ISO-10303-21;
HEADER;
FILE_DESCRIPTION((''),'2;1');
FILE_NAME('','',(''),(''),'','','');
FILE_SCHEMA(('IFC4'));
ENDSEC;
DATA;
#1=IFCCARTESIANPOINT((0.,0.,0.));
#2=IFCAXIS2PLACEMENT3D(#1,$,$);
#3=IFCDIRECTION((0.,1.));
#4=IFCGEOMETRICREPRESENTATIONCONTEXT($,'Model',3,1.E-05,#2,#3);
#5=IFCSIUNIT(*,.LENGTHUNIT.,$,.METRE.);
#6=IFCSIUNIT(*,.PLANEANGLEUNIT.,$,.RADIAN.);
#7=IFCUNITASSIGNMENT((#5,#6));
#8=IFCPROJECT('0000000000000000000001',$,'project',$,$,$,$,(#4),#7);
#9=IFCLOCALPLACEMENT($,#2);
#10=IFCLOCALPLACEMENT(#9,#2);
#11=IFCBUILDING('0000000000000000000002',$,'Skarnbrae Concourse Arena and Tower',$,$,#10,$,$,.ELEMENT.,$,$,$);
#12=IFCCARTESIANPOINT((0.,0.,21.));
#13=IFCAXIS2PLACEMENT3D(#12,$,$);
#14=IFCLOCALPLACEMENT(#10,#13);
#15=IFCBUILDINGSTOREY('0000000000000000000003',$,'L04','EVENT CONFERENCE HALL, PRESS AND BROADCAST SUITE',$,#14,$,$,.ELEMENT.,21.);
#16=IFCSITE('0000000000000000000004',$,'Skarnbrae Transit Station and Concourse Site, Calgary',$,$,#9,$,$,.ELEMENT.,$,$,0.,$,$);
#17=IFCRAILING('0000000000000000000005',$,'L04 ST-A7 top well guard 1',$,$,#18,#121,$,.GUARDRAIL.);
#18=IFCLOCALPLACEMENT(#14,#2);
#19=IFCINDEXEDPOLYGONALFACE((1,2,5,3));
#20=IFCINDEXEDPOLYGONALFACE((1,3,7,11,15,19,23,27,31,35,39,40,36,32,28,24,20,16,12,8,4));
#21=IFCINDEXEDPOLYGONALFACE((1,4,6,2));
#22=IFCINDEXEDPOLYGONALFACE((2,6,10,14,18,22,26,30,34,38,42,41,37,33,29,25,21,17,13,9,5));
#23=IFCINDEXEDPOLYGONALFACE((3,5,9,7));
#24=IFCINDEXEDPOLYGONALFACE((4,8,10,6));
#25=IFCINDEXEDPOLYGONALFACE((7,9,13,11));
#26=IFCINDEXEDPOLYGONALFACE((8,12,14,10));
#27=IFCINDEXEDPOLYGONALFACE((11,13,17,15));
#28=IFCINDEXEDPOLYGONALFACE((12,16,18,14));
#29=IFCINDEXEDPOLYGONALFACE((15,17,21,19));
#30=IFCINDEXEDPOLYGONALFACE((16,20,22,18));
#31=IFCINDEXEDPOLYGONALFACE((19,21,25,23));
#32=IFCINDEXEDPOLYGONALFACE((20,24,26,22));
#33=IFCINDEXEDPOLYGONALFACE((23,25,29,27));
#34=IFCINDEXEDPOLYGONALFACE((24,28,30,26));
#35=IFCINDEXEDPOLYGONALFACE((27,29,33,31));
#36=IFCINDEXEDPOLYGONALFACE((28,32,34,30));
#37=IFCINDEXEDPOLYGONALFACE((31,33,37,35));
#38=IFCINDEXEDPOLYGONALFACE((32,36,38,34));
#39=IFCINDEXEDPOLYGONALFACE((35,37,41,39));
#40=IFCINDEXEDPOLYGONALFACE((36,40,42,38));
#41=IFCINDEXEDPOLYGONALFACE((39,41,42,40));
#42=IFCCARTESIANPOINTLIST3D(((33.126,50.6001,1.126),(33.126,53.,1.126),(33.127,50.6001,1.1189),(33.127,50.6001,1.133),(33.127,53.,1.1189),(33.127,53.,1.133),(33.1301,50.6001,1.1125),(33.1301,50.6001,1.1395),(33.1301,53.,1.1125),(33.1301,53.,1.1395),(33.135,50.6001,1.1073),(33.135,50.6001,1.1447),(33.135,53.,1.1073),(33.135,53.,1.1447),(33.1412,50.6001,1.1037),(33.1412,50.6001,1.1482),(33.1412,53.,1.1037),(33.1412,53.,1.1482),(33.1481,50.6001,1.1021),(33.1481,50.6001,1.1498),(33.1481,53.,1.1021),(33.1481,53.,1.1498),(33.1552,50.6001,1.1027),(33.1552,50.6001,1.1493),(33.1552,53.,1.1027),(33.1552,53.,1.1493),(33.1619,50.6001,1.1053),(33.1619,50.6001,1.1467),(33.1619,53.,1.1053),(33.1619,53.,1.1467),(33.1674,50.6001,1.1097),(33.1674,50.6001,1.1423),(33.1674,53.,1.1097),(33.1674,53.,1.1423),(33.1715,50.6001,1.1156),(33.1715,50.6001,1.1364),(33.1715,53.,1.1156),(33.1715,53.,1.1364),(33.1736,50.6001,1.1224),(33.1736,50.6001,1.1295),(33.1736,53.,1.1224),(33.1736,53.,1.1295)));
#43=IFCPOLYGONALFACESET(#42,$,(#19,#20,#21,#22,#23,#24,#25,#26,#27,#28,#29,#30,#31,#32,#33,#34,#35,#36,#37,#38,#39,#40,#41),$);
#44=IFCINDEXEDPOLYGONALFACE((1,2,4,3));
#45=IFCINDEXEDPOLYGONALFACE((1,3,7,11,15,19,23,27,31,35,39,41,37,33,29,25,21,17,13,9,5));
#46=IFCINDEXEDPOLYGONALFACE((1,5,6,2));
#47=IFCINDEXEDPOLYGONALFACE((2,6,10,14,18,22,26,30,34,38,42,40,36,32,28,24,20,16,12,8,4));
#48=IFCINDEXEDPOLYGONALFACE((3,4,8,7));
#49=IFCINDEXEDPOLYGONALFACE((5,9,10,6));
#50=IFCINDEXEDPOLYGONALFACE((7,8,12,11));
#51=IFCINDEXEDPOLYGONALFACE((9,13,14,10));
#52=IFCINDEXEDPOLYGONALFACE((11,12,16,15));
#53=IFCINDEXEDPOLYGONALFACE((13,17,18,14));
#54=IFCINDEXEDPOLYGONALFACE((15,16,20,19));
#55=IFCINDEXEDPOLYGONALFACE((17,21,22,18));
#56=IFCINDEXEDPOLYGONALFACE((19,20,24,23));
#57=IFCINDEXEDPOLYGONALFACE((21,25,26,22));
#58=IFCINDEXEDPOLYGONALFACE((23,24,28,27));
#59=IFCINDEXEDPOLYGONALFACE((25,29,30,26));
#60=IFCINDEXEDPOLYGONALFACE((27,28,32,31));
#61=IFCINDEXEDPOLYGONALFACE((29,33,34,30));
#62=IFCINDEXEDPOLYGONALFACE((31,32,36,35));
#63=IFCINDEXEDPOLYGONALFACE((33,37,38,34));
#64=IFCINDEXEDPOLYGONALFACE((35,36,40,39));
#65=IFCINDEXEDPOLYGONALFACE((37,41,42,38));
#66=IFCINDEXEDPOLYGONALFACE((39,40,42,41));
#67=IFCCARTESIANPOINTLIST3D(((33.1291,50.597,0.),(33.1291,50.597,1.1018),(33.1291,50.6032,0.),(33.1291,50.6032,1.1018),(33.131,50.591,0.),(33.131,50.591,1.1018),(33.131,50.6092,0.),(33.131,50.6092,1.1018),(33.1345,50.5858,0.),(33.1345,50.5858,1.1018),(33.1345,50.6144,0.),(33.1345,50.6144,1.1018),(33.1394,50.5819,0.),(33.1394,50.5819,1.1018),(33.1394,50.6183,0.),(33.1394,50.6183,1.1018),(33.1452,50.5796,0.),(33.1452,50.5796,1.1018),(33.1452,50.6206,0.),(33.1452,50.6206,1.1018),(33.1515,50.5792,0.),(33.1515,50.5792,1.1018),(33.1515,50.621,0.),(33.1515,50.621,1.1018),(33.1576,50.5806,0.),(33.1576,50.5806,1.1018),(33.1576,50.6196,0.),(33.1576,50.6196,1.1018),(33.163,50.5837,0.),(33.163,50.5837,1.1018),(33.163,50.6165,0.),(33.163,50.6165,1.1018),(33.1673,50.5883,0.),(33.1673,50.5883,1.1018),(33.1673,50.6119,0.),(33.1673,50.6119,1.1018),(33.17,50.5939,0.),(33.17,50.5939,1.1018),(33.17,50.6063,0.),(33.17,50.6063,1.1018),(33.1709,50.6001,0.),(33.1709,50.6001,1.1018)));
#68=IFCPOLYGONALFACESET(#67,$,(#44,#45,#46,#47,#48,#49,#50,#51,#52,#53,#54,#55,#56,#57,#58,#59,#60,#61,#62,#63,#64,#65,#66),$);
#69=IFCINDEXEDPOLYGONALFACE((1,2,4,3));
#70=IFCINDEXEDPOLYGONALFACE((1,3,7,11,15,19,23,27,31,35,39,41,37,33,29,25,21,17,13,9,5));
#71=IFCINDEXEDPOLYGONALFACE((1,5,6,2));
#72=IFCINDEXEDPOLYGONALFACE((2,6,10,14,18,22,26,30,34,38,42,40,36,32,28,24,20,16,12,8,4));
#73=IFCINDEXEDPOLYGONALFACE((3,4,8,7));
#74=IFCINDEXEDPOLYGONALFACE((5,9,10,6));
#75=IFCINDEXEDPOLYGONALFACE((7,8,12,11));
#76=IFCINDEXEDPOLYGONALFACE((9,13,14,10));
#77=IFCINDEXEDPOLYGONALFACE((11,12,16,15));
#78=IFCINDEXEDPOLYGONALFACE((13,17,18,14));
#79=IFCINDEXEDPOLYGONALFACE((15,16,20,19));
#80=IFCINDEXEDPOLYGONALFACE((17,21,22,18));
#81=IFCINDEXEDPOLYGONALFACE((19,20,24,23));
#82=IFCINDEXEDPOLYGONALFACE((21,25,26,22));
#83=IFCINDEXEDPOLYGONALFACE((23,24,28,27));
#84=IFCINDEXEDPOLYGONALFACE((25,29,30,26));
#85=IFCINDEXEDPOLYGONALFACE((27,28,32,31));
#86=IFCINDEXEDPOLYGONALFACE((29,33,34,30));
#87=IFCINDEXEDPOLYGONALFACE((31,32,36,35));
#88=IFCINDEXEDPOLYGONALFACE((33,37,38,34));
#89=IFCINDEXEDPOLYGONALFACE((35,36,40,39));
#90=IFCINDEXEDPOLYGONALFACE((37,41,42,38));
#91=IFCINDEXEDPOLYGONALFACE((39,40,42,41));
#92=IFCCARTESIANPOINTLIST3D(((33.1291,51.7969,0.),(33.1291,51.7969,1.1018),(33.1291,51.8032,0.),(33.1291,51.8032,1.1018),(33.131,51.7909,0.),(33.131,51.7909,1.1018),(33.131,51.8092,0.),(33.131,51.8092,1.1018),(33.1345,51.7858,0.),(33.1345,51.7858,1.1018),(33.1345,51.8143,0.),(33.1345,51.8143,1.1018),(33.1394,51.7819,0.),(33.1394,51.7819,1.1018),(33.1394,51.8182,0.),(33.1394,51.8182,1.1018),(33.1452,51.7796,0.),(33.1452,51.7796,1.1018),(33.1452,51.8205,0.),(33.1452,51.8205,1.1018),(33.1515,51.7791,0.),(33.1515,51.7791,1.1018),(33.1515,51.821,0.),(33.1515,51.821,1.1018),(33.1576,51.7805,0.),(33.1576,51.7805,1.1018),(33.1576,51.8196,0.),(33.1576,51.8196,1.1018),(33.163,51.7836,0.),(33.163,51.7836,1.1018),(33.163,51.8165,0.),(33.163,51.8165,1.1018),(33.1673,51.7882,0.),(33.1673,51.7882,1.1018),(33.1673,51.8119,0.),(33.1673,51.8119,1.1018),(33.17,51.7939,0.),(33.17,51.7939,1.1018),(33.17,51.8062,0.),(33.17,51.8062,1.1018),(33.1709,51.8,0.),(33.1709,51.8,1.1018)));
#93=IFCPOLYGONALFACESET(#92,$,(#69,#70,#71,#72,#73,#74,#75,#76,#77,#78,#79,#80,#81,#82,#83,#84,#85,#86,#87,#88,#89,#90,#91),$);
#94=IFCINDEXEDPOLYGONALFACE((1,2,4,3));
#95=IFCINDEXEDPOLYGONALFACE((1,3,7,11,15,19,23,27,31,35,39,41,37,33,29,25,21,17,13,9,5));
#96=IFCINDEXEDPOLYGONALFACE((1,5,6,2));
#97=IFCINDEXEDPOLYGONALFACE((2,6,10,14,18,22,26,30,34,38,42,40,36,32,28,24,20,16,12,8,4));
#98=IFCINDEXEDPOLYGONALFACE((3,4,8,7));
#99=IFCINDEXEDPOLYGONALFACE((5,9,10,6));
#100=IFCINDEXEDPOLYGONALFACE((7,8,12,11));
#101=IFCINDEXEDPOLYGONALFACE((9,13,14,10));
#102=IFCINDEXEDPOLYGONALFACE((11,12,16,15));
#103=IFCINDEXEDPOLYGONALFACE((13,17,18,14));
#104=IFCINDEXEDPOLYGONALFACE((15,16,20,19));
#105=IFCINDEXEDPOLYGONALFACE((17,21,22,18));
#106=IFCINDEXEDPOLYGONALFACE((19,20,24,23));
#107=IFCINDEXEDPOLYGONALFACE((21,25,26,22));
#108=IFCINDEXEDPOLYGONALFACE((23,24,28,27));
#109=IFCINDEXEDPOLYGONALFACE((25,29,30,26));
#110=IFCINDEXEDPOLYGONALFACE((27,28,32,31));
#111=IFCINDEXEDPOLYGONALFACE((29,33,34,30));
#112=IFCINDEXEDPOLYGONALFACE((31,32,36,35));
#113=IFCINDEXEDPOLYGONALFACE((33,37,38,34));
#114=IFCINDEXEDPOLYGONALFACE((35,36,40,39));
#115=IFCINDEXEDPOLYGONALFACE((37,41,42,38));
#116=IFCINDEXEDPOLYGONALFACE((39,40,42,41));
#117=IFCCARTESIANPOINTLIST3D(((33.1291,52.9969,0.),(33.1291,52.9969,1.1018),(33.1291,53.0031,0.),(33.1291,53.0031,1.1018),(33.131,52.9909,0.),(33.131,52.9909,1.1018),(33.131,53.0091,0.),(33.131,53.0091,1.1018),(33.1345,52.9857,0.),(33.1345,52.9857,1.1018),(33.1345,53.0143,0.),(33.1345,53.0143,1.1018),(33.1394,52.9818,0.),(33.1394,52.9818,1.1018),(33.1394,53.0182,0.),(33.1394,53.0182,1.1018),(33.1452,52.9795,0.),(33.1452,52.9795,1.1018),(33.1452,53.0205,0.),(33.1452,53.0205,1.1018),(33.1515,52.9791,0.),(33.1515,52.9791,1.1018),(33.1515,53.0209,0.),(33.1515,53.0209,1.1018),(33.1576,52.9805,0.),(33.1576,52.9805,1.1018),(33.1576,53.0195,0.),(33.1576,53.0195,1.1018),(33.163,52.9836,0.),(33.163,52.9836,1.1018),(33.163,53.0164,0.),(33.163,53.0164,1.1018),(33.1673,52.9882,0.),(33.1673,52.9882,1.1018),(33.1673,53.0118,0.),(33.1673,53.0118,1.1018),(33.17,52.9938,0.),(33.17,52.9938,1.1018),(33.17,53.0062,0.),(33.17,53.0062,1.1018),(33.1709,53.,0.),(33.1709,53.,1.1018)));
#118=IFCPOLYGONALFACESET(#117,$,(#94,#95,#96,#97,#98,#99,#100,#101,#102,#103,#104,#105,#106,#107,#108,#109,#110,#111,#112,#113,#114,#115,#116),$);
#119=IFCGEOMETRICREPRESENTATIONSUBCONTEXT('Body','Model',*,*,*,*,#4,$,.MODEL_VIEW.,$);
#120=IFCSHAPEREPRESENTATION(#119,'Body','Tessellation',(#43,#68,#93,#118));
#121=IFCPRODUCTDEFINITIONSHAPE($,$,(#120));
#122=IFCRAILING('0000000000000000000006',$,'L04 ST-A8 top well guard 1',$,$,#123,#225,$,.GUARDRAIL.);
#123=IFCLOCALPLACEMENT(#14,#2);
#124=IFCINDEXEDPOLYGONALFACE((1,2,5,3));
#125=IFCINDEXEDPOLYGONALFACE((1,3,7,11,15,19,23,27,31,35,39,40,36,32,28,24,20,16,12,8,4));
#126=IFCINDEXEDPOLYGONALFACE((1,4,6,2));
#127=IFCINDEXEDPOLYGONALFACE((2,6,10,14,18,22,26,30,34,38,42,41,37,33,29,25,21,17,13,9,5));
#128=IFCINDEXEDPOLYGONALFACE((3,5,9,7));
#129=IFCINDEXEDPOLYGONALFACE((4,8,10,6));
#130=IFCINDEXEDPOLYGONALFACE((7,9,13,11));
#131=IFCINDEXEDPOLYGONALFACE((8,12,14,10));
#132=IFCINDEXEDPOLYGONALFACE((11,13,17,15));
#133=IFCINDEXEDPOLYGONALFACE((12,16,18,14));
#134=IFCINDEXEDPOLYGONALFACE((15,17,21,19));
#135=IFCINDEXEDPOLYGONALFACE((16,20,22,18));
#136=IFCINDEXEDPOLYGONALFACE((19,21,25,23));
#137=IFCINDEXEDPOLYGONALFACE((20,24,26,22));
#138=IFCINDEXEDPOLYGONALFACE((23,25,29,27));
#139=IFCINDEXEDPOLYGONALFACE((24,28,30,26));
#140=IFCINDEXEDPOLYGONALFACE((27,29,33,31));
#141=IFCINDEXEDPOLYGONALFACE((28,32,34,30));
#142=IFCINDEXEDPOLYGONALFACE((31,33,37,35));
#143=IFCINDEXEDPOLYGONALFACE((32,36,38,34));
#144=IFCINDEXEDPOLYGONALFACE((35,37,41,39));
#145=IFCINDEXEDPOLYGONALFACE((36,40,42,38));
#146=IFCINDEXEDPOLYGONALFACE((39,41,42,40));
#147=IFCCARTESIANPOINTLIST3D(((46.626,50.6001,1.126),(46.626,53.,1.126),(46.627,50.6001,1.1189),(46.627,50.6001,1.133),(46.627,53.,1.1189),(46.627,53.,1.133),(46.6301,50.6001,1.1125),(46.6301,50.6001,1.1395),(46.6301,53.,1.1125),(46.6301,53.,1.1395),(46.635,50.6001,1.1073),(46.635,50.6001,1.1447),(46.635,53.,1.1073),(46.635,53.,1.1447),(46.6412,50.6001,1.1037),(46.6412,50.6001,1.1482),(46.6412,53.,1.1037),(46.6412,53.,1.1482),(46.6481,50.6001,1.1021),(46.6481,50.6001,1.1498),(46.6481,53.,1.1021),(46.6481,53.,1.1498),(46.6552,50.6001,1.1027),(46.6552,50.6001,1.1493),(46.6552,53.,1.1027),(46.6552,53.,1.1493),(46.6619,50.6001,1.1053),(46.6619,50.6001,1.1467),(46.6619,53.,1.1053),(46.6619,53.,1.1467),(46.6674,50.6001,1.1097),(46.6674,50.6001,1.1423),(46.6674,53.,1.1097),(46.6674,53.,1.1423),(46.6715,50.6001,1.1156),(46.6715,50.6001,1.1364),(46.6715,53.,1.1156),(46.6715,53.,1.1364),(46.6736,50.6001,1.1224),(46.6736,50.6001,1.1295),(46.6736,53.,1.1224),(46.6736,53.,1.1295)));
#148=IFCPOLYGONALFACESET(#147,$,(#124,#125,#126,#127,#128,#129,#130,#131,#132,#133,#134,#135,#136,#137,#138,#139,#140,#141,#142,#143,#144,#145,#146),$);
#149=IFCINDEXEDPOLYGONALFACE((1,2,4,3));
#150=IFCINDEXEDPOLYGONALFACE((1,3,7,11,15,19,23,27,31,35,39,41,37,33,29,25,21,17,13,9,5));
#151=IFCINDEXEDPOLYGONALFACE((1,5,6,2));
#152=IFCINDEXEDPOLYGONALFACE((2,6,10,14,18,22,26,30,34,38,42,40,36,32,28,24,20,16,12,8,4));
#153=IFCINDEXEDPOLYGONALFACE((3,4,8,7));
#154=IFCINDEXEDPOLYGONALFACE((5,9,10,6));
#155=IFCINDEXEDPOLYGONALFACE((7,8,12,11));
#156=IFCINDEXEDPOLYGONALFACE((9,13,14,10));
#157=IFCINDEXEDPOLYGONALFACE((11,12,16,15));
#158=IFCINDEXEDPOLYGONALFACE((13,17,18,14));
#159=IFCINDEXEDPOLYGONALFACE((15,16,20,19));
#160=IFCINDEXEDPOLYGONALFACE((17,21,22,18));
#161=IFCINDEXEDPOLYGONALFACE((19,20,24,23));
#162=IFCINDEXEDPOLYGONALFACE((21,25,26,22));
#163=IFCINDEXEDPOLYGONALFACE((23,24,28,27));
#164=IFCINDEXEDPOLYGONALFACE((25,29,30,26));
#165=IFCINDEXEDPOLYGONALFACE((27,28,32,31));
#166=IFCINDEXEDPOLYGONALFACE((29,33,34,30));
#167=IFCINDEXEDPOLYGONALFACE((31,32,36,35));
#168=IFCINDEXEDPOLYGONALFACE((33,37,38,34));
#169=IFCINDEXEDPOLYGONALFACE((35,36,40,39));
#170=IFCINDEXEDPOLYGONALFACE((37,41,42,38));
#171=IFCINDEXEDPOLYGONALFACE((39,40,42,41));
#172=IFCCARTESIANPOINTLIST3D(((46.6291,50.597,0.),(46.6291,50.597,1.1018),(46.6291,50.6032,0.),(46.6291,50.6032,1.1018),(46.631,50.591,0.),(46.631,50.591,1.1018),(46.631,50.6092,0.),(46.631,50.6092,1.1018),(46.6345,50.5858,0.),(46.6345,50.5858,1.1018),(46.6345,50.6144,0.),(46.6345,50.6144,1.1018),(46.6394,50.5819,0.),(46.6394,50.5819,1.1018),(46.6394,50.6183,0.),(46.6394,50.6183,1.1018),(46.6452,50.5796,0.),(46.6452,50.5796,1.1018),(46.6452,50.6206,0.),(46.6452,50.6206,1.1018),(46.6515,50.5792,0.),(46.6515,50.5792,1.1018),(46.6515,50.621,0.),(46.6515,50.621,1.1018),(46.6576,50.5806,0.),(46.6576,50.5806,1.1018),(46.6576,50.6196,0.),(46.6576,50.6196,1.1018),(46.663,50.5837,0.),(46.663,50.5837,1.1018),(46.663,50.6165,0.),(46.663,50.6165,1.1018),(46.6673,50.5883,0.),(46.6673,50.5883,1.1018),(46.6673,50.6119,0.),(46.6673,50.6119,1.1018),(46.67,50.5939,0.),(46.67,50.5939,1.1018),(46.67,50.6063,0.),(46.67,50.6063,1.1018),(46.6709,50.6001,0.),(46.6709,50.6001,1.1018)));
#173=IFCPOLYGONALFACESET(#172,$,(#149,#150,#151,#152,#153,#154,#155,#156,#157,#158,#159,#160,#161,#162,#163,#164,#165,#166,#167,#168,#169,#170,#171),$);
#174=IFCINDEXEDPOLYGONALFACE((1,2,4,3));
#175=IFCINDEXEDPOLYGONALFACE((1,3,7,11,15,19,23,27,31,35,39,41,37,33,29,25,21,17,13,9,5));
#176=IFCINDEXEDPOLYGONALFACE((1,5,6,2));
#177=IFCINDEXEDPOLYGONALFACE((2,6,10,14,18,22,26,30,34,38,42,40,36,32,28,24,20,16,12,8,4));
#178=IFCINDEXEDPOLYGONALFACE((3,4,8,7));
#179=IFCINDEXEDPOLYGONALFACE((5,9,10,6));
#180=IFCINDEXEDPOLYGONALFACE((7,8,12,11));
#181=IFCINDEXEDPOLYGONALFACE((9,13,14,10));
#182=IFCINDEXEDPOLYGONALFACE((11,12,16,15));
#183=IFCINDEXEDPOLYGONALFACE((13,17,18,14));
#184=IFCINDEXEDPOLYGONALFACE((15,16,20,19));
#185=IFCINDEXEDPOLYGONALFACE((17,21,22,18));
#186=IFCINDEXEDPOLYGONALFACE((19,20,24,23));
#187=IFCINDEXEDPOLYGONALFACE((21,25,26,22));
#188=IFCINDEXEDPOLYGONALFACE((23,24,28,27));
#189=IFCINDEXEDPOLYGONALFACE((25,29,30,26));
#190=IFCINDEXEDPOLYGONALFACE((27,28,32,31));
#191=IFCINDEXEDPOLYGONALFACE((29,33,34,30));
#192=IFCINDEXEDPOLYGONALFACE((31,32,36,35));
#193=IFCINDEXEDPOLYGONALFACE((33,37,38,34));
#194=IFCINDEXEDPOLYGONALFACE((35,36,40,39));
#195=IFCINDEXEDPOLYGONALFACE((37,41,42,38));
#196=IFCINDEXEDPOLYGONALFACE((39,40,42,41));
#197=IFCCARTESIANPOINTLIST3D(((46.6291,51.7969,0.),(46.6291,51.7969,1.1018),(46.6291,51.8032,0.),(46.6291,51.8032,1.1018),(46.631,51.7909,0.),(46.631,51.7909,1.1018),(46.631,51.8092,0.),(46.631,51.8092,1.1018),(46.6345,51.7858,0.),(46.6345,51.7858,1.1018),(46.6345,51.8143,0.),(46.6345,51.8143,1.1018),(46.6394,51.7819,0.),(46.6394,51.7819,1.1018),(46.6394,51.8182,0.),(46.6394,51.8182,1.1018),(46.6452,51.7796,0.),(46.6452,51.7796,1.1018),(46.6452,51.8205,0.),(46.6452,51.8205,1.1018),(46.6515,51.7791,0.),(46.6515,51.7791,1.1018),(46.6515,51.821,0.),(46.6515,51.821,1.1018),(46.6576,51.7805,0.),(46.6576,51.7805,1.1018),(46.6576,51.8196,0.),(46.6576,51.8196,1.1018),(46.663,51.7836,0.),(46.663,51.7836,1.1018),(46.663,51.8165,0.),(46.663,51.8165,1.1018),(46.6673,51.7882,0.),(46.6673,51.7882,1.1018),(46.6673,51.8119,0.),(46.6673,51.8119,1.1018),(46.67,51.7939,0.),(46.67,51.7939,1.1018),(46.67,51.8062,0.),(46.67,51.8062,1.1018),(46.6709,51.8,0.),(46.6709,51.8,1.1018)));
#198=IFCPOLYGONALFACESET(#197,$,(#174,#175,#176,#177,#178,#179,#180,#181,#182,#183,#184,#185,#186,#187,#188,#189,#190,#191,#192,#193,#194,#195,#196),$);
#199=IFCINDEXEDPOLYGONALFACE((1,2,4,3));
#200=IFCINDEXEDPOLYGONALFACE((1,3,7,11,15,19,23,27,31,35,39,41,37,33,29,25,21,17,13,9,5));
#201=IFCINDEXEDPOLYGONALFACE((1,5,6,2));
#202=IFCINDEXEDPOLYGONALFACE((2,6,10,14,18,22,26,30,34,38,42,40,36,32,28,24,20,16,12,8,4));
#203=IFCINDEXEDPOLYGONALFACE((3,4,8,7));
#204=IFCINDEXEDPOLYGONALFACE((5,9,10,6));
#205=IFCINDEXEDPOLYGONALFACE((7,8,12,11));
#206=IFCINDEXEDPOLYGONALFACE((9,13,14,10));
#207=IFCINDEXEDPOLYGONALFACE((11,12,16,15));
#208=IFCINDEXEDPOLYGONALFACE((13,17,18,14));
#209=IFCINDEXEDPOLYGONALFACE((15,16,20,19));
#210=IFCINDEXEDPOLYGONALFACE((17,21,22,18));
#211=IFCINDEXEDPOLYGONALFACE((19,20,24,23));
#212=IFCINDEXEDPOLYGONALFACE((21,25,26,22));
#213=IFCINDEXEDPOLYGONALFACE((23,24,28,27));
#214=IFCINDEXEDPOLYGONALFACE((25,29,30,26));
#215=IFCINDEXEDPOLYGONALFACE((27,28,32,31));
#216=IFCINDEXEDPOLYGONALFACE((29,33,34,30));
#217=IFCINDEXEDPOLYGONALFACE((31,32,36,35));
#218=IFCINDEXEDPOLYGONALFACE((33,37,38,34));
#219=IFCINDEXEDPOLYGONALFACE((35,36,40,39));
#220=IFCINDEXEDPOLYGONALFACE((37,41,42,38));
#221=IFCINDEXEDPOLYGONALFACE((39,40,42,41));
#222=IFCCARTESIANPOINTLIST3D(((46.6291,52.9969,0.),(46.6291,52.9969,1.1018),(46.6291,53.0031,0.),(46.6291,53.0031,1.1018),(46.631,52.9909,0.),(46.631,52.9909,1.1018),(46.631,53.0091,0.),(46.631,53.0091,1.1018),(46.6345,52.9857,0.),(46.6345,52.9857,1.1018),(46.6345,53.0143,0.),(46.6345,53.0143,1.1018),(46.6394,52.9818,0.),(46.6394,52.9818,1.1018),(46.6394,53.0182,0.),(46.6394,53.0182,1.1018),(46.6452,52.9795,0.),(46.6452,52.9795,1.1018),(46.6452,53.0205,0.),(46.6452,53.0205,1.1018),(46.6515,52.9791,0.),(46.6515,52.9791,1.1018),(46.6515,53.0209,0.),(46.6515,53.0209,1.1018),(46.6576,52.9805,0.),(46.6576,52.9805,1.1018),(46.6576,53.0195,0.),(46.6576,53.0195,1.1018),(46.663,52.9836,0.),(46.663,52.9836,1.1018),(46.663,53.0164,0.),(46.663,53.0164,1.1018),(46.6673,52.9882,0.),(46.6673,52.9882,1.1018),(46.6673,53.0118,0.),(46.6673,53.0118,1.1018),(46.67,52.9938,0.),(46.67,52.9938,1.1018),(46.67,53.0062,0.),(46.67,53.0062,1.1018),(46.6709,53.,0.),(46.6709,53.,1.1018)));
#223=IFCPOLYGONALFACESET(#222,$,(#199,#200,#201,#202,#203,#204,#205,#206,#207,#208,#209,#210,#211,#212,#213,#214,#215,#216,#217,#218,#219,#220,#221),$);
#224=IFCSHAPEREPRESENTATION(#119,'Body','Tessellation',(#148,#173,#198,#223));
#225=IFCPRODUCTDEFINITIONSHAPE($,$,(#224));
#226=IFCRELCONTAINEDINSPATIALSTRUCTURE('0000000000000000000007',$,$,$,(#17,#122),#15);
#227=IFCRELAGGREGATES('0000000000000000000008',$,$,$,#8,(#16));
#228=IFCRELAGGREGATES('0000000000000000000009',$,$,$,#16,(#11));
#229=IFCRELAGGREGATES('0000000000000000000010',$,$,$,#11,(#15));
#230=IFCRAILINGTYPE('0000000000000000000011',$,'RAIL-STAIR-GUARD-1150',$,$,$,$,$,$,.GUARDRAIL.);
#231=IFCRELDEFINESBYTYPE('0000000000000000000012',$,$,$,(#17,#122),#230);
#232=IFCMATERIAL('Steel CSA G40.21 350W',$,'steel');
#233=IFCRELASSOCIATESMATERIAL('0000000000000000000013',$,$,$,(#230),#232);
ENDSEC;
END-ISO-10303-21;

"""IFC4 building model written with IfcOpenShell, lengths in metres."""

from ifc_helpers import new_model, si_unit, direction, frame, origin, origin_2d, place, context, subcontext, project, spatial, circle, extrude, material, type_object, element, save


model = new_model("IFC4")

# Units and contexts
model_context = context("Model", 3, precision=1e-05, world=origin(), true_north=direction((0.0, 1.0)))
body_context = subcontext(model_context, "Body", "Model", "MODEL_VIEW")
ifc_project = project(units=[si_unit("LENGTHUNIT", "METRE"), si_unit("PLANEANGLEUNIT", "RADIAN")], contexts=[model_context])

# Site, building, storey
site_placement = place(None, origin())
site = spatial("IfcSite", under=ifc_project, at=site_placement, Name="Skarnbrae Transit Station and Concourse Site, Calgary", CompositionType="ELEMENT", RefElevation=0.0)
building_placement = place(site_placement, origin())
building = spatial("IfcBuilding", under=site, at=building_placement, Name="Skarnbrae Concourse Arena and Tower", CompositionType="ELEMENT")
storey_placement = place(building_placement, frame((0.0, 0.0, 21.0)))
storey = spatial("IfcBuildingStorey", under=building, at=storey_placement, Name="L04", Description="EVENT CONFERENCE HALL, PRESS AND BROADCAST SUITE", CompositionType="ELEMENT", Elevation=21.0)

# Shared definitions
ifc_material_1 = material(Name="Steel CSA G40.21 350W", Category="steel")

# Railings
railing_type = type_object("IfcRailingType", Name="RAIL-STAIR-GUARD-1150", PredefinedType="GUARDRAIL", material=ifc_material_1)
for number, where, name in (
    (1, (33.1499, 50.6001, 0.0), "L04 ST-A7 top well guard 1"),
    (2, (46.6499, 50.6001, 0.0), "L04 ST-A8 top well guard 1"),
):
    element("IfcRailing", number, at=place(storey_placement, frame(where)), inside=storey, type_object=railing_type, Name=name, PredefinedType="GUARDRAIL", context=body_context, shape_type="SweptSolid", body=[
        extrude(circle(Radius=0.0239, at=origin_2d()), frame((0.0, 0.0, 1.126), z_axis=(0.0, 1.0, 0.0), x_axis=(-1.0, 0.0, 0.0)), (0.0, 0.0, 1.0), 2.3999),
        extrude(circle(Radius=0.021, at=origin_2d()), origin(), (0.0, 0.0, 1.0), 1.1018),
        extrude(circle(Radius=0.021, at=origin_2d()), frame((0.0, 1.2, 0.0)), (0.0, 0.0, 1.0), 1.1018),
        extrude(circle(Radius=0.021, at=origin_2d()), frame((0.0, 2.3999, 0.0)), (0.0, 0.0, 1.0), 1.1018),
    ])

save(model, "model.ifc")
